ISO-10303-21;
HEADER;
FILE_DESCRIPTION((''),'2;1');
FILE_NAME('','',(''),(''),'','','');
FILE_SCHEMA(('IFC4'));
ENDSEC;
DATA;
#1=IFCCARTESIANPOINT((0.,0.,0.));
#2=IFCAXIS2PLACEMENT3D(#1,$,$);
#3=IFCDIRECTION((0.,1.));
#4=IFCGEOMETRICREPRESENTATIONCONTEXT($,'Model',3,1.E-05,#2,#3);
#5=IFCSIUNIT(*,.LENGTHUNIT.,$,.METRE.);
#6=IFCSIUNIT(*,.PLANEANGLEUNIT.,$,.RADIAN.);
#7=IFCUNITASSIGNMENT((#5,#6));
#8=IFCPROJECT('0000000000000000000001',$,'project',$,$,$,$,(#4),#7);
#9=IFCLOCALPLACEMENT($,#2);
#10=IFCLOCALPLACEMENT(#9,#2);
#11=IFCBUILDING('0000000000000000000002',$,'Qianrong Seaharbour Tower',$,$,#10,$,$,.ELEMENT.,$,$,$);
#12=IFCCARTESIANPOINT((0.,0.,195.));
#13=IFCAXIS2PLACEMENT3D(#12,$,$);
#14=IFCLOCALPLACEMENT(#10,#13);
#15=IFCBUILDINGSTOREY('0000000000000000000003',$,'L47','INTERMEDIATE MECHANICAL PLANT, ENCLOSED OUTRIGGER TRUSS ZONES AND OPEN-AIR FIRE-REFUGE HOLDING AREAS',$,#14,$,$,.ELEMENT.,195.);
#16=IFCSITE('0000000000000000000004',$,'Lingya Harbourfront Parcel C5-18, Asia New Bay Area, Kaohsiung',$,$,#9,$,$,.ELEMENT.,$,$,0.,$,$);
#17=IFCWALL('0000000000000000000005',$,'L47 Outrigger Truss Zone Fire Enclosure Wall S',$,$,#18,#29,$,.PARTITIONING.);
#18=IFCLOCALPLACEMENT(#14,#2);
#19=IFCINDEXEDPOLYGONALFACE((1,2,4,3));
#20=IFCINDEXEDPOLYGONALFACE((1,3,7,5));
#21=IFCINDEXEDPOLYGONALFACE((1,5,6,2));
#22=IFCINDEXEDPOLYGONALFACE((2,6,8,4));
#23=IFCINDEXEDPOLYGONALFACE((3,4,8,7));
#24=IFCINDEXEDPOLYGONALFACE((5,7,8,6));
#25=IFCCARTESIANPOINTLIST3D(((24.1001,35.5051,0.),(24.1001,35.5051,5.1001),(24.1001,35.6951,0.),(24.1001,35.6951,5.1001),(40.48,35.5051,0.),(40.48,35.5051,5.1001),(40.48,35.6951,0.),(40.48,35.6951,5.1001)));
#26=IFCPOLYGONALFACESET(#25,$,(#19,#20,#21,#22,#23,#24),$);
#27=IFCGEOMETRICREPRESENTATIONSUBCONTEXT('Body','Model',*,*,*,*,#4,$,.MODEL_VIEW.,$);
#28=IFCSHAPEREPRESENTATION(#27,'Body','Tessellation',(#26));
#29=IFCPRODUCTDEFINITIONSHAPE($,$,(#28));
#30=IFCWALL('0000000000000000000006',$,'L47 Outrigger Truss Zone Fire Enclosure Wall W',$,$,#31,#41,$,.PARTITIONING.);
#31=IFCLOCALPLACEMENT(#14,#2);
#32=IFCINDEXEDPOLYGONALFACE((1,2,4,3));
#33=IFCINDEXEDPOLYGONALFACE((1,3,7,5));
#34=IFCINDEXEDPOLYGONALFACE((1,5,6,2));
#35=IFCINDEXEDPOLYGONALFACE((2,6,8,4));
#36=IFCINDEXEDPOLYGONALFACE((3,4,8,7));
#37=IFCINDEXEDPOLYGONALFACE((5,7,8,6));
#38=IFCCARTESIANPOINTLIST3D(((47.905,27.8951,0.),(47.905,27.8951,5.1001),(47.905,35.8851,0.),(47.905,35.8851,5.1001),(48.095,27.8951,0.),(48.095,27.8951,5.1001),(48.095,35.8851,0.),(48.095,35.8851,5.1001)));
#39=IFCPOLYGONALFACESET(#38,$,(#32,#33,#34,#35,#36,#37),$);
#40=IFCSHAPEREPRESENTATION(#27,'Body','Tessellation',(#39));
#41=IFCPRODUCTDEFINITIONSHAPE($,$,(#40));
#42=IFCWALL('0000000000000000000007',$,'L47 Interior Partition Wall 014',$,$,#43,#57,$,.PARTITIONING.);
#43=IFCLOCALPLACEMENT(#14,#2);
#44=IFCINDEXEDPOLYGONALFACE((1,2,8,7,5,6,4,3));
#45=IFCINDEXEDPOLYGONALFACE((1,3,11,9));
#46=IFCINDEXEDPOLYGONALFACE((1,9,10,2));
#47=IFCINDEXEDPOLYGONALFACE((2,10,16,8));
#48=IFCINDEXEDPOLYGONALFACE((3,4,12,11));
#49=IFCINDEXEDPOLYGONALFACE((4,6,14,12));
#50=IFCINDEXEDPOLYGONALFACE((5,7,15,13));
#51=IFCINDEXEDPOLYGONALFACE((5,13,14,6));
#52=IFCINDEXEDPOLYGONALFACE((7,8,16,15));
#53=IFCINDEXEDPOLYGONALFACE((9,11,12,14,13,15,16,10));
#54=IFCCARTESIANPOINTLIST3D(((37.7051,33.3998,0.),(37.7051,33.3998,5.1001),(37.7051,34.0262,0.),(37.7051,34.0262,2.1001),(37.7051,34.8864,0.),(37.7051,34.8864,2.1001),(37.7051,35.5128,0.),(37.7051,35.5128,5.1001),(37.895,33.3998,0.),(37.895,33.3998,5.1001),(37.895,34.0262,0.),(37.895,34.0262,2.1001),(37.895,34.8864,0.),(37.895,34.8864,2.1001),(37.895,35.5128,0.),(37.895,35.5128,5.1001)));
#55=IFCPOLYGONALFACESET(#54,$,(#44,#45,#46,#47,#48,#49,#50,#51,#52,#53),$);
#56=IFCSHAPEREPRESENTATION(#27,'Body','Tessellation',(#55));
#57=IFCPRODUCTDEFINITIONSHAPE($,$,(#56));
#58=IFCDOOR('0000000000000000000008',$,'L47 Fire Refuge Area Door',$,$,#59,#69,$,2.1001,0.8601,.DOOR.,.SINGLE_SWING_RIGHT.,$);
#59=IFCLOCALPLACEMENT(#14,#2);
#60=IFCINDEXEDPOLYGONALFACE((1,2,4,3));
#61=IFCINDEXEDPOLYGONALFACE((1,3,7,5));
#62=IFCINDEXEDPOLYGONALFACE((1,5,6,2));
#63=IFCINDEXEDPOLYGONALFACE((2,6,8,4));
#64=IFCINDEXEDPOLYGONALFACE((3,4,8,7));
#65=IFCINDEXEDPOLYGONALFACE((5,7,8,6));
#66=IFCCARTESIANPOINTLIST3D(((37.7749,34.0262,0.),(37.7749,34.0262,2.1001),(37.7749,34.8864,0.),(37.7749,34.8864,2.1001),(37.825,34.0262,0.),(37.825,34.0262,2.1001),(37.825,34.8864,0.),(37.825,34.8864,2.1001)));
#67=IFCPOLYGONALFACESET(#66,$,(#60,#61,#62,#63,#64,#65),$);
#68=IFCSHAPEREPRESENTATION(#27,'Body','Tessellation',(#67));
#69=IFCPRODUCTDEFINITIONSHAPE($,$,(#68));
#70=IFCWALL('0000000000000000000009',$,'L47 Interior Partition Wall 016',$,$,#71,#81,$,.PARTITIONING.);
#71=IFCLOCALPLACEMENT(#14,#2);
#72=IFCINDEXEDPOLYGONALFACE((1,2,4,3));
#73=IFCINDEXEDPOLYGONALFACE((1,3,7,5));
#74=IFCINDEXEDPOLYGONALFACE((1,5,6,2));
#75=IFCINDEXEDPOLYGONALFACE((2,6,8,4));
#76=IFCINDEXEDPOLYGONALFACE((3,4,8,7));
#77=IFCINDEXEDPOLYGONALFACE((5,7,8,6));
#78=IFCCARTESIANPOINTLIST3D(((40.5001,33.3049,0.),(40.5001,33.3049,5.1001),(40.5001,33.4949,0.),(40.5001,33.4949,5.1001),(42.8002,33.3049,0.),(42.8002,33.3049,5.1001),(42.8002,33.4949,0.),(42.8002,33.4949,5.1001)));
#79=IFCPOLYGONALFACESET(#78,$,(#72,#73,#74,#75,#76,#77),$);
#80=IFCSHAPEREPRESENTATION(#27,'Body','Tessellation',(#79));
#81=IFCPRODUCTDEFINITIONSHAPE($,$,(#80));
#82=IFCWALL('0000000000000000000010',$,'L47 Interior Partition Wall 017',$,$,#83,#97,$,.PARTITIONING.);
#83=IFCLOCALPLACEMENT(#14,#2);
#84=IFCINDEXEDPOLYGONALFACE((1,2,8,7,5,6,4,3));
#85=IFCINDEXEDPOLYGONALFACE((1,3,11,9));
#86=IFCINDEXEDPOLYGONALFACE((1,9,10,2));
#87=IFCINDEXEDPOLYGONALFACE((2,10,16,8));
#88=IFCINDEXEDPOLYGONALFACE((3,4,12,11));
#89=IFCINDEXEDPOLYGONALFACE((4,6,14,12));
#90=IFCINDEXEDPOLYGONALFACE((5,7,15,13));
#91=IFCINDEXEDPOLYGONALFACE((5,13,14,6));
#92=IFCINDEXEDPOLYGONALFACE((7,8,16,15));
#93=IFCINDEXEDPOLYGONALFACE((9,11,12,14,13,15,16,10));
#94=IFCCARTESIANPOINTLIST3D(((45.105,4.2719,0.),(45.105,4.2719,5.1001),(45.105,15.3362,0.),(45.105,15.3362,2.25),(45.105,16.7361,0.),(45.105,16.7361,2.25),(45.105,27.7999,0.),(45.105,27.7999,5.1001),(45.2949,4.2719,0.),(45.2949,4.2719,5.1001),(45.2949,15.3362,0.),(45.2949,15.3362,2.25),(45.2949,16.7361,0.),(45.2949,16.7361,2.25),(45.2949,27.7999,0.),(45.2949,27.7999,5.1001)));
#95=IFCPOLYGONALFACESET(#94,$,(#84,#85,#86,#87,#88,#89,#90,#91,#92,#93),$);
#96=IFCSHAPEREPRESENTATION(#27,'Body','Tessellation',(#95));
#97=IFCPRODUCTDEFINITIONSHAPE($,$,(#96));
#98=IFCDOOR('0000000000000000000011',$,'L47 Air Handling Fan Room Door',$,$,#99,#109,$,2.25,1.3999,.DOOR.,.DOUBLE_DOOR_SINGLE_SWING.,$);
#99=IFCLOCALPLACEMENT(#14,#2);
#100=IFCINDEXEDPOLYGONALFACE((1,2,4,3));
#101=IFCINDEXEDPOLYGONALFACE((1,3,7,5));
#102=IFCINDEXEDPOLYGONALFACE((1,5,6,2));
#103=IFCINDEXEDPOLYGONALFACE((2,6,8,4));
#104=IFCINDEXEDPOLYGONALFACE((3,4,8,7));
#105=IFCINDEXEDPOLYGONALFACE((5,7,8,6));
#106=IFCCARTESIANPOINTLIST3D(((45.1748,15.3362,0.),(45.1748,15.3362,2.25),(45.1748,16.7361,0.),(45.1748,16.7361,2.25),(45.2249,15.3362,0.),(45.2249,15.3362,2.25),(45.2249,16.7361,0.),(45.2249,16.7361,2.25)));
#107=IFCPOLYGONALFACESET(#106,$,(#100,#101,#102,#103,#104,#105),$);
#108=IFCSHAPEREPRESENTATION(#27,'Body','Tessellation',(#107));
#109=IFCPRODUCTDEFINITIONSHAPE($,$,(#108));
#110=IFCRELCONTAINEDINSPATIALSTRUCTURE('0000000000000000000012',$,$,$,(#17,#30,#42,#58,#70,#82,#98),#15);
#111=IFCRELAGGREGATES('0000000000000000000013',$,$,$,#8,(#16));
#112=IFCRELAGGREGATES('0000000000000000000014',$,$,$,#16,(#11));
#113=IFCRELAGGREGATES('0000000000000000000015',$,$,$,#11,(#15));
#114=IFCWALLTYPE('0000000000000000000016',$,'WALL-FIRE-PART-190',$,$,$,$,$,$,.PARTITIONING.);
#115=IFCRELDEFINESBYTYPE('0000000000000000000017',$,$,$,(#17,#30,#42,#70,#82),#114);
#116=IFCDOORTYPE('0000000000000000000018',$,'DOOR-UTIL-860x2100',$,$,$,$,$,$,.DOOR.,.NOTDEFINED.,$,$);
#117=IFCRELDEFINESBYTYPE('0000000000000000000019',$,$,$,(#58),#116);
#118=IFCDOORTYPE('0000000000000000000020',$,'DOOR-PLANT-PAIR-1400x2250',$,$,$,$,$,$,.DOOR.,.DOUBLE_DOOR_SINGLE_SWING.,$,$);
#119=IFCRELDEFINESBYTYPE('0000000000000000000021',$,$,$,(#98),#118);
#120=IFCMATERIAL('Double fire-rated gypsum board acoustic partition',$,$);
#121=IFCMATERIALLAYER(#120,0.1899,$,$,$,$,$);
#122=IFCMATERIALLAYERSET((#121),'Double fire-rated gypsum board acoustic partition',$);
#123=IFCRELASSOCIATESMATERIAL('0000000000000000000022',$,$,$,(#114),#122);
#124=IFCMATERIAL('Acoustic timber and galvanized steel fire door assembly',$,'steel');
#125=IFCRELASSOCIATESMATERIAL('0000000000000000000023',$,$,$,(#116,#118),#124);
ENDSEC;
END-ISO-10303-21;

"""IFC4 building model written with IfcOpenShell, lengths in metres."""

from ifc_helpers import new_model, si_unit, direction, frame, frame_2d, origin, place, context, subcontext, project, spatial, rectangle, extrude, material, layer, layer_set, type_object, element, fill, save


model = new_model("IFC4")

# Units and contexts
model_context = context("Model", 3, precision=1e-05, world=origin(), true_north=direction((0.0, 1.0)))
body_context = subcontext(model_context, "Body", "Model", "MODEL_VIEW")
ifc_project = project(units=[si_unit("LENGTHUNIT", "METRE"), si_unit("PLANEANGLEUNIT", "RADIAN")], contexts=[model_context])

# Site, building, storey
site_placement = place(None, origin())
site = spatial("IfcSite", under=ifc_project, at=site_placement, Name="Lingya Harbourfront Parcel C5-18, Asia New Bay Area, Kaohsiung", CompositionType="ELEMENT", RefElevation=0.0)
building_placement = place(site_placement, origin())
building = spatial("IfcBuilding", under=site, at=building_placement, Name="Qianrong Seaharbour Tower", CompositionType="ELEMENT")
storey_placement = place(building_placement, frame((0.0, 0.0, 195.0)))
storey = spatial("IfcBuildingStorey", under=building, at=storey_placement, Name="L47", Description="INTERMEDIATE MECHANICAL PLANT, ENCLOSED OUTRIGGER TRUSS ZONES AND OPEN-AIR FIRE-REFUGE HOLDING AREAS", CompositionType="ELEMENT", Elevation=195.0)

# Walls
ifc_material_1 = material(Name="Double fire-rated gypsum board acoustic partition")
ifc_layer_1 = layer(ifc_material_1, 0.1899)
ifc_layer_set_1 = layer_set([ifc_layer_1], Name="Double fire-rated gypsum board acoustic partition")
wall_type_1 = type_object("IfcWallType", Name="WALL-FIRE-PART-190", PredefinedType="PARTITIONING", material=ifc_layer_set_1)
wall_1_placement = place(storey_placement, frame((40.48, 35.6001, 0.0), z_axis=(0.0, 0.0, 1.0), x_axis=(-1.0, 0.0, 0.0)))
element("IfcWall", 1, at=wall_1_placement, inside=storey, type_object=wall_type_1, Name="L47 Outrigger Truss Zone Fire Enclosure Wall S", PredefinedType="PARTITIONING", context=body_context, shape_type="SweptSolid", body=[
    extrude(rectangle(XDim=16.3799, YDim=0.1899, at=frame_2d((8.1899, 0.0))), origin(), (0.0, 0.0, 1.0), 5.1001),
])
wall_2_placement = place(storey_placement, frame((48.0, 27.895, 0.0), z_axis=(0.0, 0.0, 1.0), x_axis=(0.0, 1.0, 0.0)))
element("IfcWall", 2, at=wall_2_placement, inside=storey, type_object=wall_type_1, Name="L47 Outrigger Truss Zone Fire Enclosure Wall W", PredefinedType="PARTITIONING", context=body_context, shape_type="SweptSolid", body=[
    extrude(rectangle(XDim=7.99, YDim=0.1899, at=frame_2d((3.9951, 0.0))), origin(), (0.0, 0.0, 1.0), 5.1001),
])

# Wall, opening, door
wall_3_placement = place(storey_placement, frame((37.8, 35.5129, 0.0), z_axis=(0.0, 0.0, 1.0), x_axis=(0.0, -1.0, 0.0)))
wall_3 = element("IfcWall", 3, at=wall_3_placement, inside=storey, type_object=wall_type_1, Name="L47 Interior Partition Wall 014", PredefinedType="PARTITIONING", context=body_context, shape_type="SweptSolid", body=[
    extrude(rectangle(XDim=2.113, YDim=0.1899, at=frame_2d((1.0566, 0.0))), origin(), (0.0, 0.0, 1.0), 5.1001),
])
opening_1_placement = place(wall_3_placement, frame((0.6265, 0.0, 0.0)))
opening_1 = element("IfcOpeningElement", 4, at=opening_1_placement, cuts=wall_3, PredefinedType="OPENING", context=body_context, shape_type="SweptSolid", body=[
    extrude(rectangle(XDim=0.8601, YDim=2.1001, at=frame_2d((0.4302, 1.05))), frame((0.0, 0.105, 0.0), z_axis=(0.0, -1.0, 0.0), x_axis=(1.0, 0.0, 0.0)), (0.0, 0.0, 1.0), 0.21),
])
ifc_material_2 = material(Name="Acoustic timber and galvanized steel fire door assembly", Category="steel")
door_type_1 = type_object("IfcDoorType", Name="DOOR-UTIL-860x2100", OperationType="NOTDEFINED", PredefinedType="DOOR", material=ifc_material_2)
door_1_placement = place(opening_1_placement, origin())
door_1 = element("IfcDoor", 5, at=door_1_placement, inside=storey, type_object=door_type_1, Name="L47 Fire Refuge Area Door", OperationType="SINGLE_SWING_RIGHT", OverallHeight=2.1001, OverallWidth=0.8601, PredefinedType="DOOR", context=body_context, shape_type="SweptSolid", body=[
    extrude(rectangle(XDim=0.8601, YDim=2.1001, at=frame_2d((0.4302, 1.05))), frame((0.0, 0.0249, 0.0), z_axis=(0.0, -1.0, 0.0), x_axis=(1.0, 0.0, 0.0)), (0.0, 0.0, 1.0), 0.05),
])
fill(opening_1, door_1)

# Wall
wall_4_placement = place(storey_placement, frame((42.8, 33.3999, 0.0), z_axis=(0.0, 0.0, 1.0), x_axis=(-1.0, 0.0, 0.0)))
element("IfcWall", 6, at=wall_4_placement, inside=storey, type_object=wall_type_1, Name="L47 Interior Partition Wall 016", PredefinedType="PARTITIONING", context=body_context, shape_type="SweptSolid", body=[
    extrude(rectangle(XDim=2.3, YDim=0.1899, at=frame_2d((1.1499, 0.0))), origin(), (0.0, 0.0, 1.0), 5.1001),
])

# Wall, opening, door
wall_5_placement = place(storey_placement, frame((45.2, 27.8, 0.0), z_axis=(0.0, 0.0, 1.0), x_axis=(0.0, -1.0, 0.0)))
wall_5 = element("IfcWall", 7, at=wall_5_placement, inside=storey, type_object=wall_type_1, Name="L47 Interior Partition Wall 017", PredefinedType="PARTITIONING", context=body_context, shape_type="SweptSolid", body=[
    extrude(rectangle(XDim=23.5281, YDim=0.1899, at=frame_2d((11.7642, 0.0))), origin(), (0.0, 0.0, 1.0), 5.1001),
])
opening_2_placement = place(wall_5_placement, frame((11.064, 0.0, 0.0)))
opening_2 = element("IfcOpeningElement", 8, at=opening_2_placement, cuts=wall_5, PredefinedType="OPENING", context=body_context, shape_type="SweptSolid", body=[
    extrude(rectangle(XDim=1.3999, YDim=2.25, at=frame_2d((0.7, 1.125))), frame((0.0, 0.105, 0.0), z_axis=(0.0, -1.0, 0.0), x_axis=(1.0, 0.0, 0.0)), (0.0, 0.0, 1.0), 0.21),
])
door_type_2 = type_object("IfcDoorType", Name="DOOR-PLANT-PAIR-1400x2250", OperationType="DOUBLE_DOOR_SINGLE_SWING", PredefinedType="DOOR", material=ifc_material_2)
door_2_placement = place(opening_2_placement, origin())
door_2 = element("IfcDoor", 9, at=door_2_placement, inside=storey, type_object=door_type_2, Name="L47 Air Handling Fan Room Door", OperationType="DOUBLE_DOOR_SINGLE_SWING", OverallHeight=2.25, OverallWidth=1.3999, PredefinedType="DOOR", context=body_context, shape_type="SweptSolid", body=[
    extrude(rectangle(XDim=1.3999, YDim=2.25, at=frame_2d((0.7, 1.125))), frame((0.0, 0.0249, 0.0), z_axis=(0.0, -1.0, 0.0), x_axis=(1.0, 0.0, 0.0)), (0.0, 0.0, 1.0), 0.05),
])
fill(opening_2, door_2)

save(model, "model.ifc")
